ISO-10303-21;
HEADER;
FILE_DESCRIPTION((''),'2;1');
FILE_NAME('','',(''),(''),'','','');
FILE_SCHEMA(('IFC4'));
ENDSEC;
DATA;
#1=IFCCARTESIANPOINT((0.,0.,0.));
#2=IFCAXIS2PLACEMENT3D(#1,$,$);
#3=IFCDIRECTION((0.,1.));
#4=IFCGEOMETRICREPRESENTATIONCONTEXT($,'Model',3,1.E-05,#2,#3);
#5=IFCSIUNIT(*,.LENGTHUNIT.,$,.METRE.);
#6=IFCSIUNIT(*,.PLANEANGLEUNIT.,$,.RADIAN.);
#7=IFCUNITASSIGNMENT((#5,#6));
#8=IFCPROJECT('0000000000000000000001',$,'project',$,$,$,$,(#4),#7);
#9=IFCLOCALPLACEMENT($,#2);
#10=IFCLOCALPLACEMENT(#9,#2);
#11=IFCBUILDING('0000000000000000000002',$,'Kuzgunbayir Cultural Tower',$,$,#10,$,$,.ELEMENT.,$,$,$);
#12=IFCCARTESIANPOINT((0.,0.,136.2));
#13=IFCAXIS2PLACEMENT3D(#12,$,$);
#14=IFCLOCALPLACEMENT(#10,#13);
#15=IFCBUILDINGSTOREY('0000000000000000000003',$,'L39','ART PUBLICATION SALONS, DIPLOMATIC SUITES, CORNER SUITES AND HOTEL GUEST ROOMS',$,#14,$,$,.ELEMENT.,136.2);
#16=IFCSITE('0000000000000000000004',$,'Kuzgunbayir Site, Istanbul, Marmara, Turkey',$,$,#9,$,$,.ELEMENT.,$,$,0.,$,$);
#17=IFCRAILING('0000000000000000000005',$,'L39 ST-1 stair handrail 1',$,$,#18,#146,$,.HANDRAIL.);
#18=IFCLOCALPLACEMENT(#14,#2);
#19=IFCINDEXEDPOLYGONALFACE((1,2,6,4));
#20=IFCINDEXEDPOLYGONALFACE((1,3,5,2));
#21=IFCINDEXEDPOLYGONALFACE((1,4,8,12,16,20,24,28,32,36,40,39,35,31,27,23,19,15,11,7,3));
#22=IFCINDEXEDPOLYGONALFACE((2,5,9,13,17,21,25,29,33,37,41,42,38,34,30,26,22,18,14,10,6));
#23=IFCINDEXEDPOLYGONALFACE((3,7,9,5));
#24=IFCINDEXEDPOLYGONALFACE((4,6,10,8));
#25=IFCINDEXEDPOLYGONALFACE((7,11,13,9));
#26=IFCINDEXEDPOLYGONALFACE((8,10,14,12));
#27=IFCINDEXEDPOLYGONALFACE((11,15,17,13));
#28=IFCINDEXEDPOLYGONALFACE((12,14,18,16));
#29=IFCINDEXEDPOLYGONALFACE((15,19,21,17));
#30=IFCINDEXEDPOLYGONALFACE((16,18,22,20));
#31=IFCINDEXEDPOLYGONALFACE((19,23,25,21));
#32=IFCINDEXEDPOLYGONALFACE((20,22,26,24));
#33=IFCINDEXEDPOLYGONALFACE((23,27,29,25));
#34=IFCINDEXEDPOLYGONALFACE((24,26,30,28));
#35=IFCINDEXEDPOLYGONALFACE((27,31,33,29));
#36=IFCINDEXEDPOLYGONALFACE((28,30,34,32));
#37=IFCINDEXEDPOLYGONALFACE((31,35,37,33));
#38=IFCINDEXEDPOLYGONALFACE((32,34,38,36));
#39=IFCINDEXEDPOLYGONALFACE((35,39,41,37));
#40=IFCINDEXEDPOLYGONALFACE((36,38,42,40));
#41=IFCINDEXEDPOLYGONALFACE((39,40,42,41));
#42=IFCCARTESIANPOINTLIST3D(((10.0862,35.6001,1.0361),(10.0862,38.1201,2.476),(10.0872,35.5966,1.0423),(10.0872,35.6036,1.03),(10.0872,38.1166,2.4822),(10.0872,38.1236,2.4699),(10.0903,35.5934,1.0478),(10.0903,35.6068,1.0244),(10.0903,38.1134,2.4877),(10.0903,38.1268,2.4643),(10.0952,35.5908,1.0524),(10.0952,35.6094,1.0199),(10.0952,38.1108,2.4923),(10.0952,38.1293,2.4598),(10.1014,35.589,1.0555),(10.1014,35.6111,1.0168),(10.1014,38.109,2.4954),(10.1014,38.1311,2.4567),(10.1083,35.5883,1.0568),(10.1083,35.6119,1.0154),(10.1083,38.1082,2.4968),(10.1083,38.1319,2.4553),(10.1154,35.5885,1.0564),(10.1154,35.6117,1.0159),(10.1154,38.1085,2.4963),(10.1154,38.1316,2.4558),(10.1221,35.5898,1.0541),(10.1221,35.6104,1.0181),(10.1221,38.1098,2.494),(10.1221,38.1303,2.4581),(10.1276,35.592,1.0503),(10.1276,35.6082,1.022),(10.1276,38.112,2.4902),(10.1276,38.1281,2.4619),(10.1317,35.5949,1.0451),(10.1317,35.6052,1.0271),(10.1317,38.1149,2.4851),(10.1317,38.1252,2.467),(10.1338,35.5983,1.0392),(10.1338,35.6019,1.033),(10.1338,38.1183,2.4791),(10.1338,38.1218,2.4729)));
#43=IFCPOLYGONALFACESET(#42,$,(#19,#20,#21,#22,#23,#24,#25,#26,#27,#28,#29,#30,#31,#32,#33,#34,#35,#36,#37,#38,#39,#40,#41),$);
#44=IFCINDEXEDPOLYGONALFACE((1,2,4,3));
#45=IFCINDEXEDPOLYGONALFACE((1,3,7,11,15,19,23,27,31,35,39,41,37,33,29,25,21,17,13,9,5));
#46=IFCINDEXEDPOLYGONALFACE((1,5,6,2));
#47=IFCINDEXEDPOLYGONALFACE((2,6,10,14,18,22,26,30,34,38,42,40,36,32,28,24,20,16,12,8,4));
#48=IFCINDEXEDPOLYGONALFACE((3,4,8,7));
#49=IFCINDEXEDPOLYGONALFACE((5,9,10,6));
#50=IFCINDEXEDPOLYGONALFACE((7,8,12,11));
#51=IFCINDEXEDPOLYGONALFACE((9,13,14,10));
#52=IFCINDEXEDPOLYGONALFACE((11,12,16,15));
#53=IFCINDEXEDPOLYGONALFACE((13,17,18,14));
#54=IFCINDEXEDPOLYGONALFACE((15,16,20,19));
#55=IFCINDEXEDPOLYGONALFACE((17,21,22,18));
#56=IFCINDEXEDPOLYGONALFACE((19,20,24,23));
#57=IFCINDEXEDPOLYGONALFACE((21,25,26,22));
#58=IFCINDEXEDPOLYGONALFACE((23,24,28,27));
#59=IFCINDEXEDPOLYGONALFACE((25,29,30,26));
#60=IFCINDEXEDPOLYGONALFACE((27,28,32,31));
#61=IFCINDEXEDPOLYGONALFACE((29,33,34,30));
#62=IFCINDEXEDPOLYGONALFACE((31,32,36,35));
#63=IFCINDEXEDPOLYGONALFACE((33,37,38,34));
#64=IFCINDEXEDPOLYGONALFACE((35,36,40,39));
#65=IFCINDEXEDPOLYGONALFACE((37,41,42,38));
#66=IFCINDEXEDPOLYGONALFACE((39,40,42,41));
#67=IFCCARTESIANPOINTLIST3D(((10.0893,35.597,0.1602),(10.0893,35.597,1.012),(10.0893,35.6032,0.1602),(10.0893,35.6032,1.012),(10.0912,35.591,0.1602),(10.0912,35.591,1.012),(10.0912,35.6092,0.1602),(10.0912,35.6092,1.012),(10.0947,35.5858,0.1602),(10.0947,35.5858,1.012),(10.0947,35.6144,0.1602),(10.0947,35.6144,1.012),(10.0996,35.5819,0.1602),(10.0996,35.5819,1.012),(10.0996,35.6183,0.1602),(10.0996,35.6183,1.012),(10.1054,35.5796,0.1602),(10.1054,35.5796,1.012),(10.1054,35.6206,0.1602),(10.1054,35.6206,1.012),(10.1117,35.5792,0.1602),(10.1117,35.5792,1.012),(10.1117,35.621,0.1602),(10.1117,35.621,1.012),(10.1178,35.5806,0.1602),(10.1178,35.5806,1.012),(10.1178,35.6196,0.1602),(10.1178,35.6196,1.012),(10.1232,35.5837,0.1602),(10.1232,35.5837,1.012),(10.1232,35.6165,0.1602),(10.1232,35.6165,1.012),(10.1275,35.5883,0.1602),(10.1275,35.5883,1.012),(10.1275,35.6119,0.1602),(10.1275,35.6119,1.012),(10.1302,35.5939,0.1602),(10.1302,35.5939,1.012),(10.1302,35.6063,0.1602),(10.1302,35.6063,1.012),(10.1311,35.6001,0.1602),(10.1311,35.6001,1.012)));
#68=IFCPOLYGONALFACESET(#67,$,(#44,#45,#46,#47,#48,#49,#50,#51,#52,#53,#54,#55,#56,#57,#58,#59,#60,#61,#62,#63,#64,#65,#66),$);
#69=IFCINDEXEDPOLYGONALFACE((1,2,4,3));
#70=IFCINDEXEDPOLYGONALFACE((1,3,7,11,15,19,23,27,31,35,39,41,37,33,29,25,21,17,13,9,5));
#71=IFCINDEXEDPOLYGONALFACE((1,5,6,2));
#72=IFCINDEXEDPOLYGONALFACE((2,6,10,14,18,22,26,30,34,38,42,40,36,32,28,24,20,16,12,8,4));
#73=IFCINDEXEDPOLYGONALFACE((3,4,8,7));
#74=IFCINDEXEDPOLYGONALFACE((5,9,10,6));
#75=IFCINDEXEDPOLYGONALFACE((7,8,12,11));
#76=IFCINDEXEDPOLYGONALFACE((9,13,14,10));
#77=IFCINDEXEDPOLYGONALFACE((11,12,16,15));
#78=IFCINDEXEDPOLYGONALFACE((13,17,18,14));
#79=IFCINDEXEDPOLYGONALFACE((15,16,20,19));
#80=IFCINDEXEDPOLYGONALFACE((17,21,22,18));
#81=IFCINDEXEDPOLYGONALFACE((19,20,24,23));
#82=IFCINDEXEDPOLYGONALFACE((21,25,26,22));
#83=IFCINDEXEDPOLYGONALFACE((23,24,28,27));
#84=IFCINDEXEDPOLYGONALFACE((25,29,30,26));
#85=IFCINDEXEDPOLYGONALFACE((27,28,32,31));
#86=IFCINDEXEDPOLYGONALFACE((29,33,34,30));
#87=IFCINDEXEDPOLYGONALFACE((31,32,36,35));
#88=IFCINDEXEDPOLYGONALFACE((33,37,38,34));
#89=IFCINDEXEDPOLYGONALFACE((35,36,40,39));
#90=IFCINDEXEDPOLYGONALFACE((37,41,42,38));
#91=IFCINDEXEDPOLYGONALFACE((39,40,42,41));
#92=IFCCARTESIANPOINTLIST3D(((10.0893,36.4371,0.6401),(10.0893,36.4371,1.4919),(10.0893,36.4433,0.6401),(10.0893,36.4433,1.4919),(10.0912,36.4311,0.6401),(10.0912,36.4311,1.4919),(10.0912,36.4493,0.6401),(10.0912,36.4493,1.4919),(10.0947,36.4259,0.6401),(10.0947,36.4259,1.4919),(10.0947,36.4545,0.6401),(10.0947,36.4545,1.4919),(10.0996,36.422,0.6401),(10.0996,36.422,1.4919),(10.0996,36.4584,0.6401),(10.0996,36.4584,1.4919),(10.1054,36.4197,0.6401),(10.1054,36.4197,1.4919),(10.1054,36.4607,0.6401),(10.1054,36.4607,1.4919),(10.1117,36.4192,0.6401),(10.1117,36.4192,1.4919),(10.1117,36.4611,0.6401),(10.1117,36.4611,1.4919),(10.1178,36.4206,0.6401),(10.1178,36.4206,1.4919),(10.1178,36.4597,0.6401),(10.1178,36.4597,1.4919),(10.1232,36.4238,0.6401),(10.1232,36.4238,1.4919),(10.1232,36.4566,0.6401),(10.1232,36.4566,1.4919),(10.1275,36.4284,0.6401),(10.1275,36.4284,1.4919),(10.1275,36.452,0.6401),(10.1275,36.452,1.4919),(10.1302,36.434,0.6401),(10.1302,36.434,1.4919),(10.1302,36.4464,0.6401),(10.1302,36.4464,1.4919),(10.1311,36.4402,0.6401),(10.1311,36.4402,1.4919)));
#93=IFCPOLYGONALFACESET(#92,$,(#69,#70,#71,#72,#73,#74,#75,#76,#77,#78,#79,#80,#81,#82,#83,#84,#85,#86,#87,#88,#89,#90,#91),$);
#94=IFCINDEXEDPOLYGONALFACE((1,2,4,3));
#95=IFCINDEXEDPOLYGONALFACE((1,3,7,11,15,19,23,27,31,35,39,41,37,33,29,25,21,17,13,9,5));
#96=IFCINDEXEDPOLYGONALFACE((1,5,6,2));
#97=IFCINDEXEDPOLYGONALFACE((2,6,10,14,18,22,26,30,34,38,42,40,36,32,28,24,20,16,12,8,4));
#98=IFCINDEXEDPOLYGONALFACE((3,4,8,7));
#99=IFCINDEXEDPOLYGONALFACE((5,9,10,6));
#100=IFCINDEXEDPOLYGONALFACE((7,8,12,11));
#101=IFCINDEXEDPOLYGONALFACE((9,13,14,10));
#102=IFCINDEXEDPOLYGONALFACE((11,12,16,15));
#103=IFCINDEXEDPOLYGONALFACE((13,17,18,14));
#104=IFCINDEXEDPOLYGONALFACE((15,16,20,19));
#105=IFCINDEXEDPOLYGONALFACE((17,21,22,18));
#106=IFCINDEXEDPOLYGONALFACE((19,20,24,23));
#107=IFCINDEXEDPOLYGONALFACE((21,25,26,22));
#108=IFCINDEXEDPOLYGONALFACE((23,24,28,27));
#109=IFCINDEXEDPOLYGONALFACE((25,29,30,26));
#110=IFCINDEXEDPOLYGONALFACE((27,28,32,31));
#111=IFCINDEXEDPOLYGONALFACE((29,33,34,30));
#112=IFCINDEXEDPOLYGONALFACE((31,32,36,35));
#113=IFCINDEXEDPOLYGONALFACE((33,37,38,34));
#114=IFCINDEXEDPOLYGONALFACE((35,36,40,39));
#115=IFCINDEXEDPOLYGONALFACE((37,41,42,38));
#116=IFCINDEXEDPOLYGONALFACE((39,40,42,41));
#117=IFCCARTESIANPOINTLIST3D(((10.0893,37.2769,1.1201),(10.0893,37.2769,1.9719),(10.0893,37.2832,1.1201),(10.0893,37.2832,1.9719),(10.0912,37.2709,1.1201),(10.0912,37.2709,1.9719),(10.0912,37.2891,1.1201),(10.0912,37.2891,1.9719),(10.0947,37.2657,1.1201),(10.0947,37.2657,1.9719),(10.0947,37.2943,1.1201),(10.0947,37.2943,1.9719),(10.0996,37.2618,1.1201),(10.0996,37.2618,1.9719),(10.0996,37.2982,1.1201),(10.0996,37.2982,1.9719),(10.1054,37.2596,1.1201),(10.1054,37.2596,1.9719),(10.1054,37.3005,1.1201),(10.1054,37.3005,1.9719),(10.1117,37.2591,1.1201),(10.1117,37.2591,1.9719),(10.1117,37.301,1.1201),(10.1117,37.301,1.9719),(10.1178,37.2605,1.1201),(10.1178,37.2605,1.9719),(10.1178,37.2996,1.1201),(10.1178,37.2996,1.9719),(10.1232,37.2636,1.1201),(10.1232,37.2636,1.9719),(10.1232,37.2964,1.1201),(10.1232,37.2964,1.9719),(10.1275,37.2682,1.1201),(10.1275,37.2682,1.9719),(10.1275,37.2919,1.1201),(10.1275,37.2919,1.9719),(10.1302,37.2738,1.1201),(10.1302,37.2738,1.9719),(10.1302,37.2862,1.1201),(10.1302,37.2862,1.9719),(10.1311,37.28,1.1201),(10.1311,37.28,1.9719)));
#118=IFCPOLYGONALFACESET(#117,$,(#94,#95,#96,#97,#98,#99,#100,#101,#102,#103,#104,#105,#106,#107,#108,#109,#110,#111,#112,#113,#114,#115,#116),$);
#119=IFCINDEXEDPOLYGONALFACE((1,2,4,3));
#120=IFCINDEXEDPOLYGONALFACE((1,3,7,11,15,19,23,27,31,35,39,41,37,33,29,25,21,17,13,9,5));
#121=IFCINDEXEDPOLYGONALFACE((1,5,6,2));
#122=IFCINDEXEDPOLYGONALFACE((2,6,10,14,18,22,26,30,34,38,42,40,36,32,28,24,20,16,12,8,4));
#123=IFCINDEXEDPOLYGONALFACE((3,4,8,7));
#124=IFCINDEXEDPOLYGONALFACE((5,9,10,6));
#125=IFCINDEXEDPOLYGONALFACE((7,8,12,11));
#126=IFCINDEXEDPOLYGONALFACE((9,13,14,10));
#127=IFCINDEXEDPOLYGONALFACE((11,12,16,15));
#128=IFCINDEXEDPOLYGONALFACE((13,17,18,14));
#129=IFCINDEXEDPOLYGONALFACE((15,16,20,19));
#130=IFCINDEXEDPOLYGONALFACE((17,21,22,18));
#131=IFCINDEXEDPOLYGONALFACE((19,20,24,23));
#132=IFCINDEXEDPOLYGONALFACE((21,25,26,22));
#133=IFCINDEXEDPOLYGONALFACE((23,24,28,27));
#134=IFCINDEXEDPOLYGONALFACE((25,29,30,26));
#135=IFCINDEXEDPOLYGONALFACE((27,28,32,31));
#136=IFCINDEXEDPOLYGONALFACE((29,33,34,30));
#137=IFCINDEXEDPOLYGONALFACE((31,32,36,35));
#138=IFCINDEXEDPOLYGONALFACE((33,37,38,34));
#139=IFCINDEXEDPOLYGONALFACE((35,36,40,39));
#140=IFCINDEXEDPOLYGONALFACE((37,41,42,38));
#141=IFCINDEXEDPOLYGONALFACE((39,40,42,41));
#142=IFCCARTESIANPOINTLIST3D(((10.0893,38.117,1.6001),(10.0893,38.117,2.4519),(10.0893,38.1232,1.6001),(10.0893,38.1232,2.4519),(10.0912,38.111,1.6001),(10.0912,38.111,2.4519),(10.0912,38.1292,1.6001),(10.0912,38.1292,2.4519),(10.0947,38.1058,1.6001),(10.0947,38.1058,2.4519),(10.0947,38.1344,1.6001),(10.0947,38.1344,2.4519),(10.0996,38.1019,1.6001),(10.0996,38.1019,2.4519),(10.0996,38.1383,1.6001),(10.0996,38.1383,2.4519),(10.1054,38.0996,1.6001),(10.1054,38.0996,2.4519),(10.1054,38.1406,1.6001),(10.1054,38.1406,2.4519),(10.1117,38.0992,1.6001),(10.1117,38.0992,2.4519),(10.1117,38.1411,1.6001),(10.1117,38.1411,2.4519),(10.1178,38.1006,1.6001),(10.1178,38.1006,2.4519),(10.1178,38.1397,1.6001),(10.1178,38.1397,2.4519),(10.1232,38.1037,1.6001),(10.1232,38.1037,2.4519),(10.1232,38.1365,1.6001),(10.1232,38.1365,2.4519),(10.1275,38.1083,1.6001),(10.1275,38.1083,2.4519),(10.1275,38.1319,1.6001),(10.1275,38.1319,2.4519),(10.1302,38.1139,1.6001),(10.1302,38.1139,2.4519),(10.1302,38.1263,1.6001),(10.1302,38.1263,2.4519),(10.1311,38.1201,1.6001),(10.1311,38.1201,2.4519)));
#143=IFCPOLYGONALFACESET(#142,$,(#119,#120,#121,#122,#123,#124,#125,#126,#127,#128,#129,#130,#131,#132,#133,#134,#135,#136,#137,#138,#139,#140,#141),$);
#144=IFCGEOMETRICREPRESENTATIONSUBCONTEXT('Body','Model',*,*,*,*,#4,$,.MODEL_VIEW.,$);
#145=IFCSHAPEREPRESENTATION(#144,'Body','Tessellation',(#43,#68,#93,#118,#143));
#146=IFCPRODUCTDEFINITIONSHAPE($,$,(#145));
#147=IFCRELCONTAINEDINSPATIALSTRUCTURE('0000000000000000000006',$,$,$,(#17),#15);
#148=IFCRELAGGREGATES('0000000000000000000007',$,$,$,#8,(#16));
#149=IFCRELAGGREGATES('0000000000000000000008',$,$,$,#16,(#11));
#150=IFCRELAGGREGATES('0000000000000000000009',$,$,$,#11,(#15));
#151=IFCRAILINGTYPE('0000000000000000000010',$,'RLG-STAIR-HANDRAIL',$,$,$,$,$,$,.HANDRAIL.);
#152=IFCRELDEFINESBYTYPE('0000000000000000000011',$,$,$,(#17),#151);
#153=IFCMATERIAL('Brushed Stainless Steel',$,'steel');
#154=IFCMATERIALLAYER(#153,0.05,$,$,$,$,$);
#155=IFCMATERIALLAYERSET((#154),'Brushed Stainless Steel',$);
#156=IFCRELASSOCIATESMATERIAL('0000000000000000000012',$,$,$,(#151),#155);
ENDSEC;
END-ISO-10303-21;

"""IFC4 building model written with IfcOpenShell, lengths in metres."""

from ifc_helpers import new_model, si_unit, direction, frame, origin, origin_2d, place, context, subcontext, project, spatial, circle, extrude, material, layer, layer_set, type_object, element, save


model = new_model("IFC4")

# Units and contexts
model_context = context("Model", 3, precision=1e-05, world=origin(), true_north=direction((0.0, 1.0)))
body_context = subcontext(model_context, "Body", "Model", "MODEL_VIEW")
ifc_project = project(units=[si_unit("LENGTHUNIT", "METRE"), si_unit("PLANEANGLEUNIT", "RADIAN")], contexts=[model_context])

# Site, building, storey
site_placement = place(None, origin())
site = spatial("IfcSite", under=ifc_project, at=site_placement, Name="Kuzgunbayir Site, Istanbul, Marmara, Turkey", CompositionType="ELEMENT", RefElevation=0.0)
building_placement = place(site_placement, origin())
building = spatial("IfcBuilding", under=site, at=building_placement, Name="Kuzgunbayir Cultural Tower", CompositionType="ELEMENT")
storey_placement = place(building_placement, frame((0.0, 0.0, 136.2)))
storey = spatial("IfcBuildingStorey", under=building, at=storey_placement, Name="L39", Description="ART PUBLICATION SALONS, DIPLOMATIC SUITES, CORNER SUITES AND HOTEL GUEST ROOMS", CompositionType="ELEMENT", Elevation=136.2)

# Shared definitions
ifc_material_1 = material(Name="Brushed Stainless Steel", Category="steel")

# Railing
ifc_layer_1 = layer(ifc_material_1, 0.05)
ifc_layer_set_1 = layer_set([ifc_layer_1], Name="Brushed Stainless Steel")
railing_type_1 = type_object("IfcRailingType", Name="RLG-STAIR-HANDRAIL", PredefinedType="HANDRAIL", material=ifc_layer_set_1)
railing_1_placement = place(storey_placement, frame((10.1101, 35.6001, 0.1602)))
element("IfcRailing", 1, at=railing_1_placement, inside=storey, type_object=railing_type_1, Name="L39 ST-1 stair handrail 1", PredefinedType="HANDRAIL", context=body_context, shape_type="SweptSolid", body=[
    extrude(circle(Radius=0.0239, at=origin_2d()), frame((0.0, 0.0, 0.876), z_axis=(0.0, 0.868253, 0.496121), x_axis=(-1.0, 0.0, 0.0)), (0.0, 0.0, 1.0), 2.9023),
    extrude(circle(Radius=0.021, at=origin_2d()), origin(), (0.0, 0.0, 1.0), 0.8518),
    extrude(circle(Radius=0.021, at=origin_2d()), frame((0.0, 0.8401, 0.48)), (0.0, 0.0, 1.0), 0.8518),
    extrude(circle(Radius=0.021, at=origin_2d()), frame((0.0, 1.6799, 0.96)), (0.0, 0.0, 1.0), 0.8518),
    extrude(circle(Radius=0.021, at=origin_2d()), frame((0.0, 2.52, 1.4399)), (0.0, 0.0, 1.0), 0.8518),
])

save(model, "model.ifc")
